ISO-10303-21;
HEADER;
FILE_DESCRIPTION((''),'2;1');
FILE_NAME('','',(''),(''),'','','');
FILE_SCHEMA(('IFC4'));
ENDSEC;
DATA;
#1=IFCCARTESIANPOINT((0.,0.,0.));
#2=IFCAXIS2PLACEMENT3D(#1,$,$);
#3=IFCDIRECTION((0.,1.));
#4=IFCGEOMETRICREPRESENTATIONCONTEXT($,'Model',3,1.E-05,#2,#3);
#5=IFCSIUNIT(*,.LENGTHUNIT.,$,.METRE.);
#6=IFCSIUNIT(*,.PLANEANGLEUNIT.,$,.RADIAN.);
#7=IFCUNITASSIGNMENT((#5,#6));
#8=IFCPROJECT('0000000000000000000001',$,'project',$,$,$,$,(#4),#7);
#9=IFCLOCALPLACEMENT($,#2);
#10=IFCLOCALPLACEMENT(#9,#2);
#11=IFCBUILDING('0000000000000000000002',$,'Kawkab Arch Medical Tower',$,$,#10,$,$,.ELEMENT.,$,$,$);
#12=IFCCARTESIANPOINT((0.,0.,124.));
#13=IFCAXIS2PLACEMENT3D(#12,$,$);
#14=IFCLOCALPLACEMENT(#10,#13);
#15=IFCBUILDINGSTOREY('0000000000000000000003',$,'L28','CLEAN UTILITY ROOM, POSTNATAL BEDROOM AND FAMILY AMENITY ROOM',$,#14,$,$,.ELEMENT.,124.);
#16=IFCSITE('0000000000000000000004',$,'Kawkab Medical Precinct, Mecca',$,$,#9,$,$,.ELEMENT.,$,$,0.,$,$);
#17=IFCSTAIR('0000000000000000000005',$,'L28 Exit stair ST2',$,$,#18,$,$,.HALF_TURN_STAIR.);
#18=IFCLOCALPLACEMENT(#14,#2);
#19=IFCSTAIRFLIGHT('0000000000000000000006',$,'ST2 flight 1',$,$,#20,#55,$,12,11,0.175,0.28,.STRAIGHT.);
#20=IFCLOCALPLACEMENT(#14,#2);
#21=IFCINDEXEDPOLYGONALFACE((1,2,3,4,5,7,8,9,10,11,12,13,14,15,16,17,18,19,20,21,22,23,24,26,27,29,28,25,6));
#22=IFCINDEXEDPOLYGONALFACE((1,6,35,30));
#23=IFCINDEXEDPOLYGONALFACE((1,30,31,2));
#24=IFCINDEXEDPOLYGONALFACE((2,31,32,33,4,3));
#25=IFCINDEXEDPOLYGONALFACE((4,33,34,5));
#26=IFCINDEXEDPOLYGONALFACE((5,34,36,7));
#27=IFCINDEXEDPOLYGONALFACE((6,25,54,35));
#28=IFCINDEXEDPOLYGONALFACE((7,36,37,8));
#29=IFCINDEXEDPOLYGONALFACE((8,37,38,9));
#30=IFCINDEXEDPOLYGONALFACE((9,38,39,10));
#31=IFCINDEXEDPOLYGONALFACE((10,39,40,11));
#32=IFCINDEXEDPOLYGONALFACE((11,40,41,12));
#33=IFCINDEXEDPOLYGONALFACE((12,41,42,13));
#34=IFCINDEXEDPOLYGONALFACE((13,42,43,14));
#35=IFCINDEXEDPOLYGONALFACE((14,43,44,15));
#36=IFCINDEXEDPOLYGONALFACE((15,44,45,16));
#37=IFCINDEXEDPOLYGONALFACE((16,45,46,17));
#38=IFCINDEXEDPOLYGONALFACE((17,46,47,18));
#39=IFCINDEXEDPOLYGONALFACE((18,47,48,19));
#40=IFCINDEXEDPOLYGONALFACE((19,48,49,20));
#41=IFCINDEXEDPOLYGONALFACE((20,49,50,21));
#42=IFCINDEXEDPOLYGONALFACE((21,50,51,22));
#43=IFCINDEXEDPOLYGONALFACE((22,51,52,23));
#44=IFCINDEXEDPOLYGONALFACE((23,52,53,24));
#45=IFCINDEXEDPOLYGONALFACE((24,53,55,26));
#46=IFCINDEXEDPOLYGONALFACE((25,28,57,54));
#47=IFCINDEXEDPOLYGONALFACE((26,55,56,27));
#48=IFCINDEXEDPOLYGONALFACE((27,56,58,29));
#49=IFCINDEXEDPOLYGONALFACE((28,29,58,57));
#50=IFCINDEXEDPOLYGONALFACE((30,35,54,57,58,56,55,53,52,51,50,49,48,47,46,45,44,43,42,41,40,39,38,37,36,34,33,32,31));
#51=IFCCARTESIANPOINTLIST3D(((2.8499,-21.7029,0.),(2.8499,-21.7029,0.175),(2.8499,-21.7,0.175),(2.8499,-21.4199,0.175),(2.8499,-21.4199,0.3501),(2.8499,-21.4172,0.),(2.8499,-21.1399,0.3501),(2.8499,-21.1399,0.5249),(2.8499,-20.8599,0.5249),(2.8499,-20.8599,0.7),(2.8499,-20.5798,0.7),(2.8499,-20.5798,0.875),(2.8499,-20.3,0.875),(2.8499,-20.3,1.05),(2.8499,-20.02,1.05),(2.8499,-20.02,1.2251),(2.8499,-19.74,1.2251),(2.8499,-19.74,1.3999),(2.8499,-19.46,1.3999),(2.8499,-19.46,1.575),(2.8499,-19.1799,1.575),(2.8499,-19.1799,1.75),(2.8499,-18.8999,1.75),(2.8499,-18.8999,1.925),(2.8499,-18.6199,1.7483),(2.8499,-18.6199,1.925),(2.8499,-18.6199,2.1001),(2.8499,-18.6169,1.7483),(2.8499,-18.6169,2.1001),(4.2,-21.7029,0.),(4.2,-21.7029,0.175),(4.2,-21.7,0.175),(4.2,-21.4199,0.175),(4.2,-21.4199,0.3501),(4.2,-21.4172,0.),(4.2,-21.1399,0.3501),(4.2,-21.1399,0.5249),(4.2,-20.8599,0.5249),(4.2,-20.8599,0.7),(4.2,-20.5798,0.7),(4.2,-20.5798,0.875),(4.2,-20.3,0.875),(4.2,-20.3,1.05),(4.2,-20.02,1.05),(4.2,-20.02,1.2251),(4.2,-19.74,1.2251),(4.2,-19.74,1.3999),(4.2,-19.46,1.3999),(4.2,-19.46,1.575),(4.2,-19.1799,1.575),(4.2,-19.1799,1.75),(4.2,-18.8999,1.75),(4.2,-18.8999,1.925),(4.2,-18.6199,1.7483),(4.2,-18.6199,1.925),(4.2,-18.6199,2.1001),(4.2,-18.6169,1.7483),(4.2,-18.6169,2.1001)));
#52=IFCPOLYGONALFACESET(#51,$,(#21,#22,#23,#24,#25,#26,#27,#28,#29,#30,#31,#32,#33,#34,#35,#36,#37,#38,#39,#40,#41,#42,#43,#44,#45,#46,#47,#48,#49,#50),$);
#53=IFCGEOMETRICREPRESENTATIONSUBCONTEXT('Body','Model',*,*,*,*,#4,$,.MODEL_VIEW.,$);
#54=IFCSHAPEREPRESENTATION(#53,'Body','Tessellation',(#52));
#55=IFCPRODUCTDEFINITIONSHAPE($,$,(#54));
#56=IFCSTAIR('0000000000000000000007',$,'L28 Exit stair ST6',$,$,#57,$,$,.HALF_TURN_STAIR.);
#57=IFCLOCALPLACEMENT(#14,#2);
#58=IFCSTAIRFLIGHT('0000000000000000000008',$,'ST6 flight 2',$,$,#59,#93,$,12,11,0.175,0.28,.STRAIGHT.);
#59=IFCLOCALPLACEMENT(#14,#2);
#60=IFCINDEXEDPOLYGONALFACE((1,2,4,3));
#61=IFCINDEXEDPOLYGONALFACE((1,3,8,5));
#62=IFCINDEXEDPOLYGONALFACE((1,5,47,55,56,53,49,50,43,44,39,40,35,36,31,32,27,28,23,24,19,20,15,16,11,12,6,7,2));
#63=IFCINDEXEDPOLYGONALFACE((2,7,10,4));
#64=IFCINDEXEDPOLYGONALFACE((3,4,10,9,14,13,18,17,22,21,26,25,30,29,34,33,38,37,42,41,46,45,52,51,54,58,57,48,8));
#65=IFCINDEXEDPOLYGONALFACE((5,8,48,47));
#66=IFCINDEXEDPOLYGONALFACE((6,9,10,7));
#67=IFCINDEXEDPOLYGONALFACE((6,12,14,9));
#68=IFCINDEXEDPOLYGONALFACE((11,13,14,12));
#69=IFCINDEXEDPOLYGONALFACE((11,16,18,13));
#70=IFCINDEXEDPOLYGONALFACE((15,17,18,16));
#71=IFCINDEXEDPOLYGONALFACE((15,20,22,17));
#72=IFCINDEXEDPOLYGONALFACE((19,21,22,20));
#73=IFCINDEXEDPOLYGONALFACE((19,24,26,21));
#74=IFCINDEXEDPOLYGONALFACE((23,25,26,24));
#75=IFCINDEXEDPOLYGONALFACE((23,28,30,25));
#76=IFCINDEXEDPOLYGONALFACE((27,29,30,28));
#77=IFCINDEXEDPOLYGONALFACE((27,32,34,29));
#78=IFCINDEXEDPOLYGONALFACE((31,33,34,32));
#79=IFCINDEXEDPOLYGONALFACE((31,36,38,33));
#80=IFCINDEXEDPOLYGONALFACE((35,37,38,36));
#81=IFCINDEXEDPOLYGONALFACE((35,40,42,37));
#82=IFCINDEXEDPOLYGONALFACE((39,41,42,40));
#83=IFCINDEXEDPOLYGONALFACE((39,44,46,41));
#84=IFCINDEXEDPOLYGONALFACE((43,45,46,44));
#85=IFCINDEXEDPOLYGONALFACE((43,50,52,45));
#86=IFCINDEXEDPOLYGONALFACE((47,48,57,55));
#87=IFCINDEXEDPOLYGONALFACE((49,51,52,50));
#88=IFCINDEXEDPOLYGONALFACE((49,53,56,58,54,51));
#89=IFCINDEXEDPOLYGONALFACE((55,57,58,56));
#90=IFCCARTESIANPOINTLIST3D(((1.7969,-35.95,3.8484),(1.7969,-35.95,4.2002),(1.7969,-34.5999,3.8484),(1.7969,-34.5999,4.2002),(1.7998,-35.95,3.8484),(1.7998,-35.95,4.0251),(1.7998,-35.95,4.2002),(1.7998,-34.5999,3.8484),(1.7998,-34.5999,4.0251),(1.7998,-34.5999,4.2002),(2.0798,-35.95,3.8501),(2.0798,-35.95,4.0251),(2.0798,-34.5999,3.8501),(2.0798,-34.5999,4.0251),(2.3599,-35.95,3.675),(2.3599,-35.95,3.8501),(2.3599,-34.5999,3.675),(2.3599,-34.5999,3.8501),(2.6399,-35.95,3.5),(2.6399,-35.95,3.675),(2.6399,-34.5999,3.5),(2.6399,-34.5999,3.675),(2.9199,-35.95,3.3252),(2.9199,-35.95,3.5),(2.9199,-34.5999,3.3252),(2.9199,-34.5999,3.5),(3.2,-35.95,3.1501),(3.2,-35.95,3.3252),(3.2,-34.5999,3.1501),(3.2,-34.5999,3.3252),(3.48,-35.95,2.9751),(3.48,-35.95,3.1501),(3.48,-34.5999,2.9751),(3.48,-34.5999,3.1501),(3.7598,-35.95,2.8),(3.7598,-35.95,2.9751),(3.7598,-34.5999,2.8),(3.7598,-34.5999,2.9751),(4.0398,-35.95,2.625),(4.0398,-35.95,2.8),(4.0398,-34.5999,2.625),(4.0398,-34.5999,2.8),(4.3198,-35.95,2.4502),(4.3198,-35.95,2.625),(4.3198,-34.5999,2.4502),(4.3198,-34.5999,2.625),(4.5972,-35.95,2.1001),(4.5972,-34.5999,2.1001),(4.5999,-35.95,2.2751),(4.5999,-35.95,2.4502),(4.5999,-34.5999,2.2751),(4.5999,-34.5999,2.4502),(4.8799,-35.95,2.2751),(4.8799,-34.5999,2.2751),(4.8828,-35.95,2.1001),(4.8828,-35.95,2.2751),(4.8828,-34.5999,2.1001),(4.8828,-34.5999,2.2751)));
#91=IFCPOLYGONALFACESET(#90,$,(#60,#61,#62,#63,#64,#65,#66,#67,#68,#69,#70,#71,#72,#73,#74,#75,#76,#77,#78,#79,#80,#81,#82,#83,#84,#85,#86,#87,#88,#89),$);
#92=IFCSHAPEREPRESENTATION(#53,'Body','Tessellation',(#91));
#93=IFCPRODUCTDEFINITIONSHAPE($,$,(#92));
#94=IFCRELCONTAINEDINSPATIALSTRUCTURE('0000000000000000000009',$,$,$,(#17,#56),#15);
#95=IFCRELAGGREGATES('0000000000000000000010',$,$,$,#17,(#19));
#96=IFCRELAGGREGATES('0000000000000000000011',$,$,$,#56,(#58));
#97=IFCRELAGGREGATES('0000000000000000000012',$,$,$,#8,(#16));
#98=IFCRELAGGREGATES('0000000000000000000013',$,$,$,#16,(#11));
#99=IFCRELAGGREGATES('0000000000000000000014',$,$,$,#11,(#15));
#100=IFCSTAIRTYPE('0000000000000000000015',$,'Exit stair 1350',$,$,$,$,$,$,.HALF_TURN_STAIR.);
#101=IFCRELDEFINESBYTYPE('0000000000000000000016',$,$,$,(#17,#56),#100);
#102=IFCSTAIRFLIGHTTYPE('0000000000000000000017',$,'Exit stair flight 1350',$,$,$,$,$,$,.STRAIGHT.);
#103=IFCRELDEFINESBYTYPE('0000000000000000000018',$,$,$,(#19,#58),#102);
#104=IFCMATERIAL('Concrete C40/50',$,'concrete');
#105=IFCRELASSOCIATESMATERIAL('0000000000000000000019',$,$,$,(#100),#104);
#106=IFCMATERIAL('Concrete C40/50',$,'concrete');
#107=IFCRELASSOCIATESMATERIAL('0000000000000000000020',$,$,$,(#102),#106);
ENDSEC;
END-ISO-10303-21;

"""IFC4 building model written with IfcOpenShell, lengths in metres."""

from ifc_helpers import new_model, si_unit, direction, frame, origin, place, context, subcontext, project, spatial, polyline, outline, extrude, material, type_object, element, aggregate, save


model = new_model("IFC4")

# Units and contexts
model_context = context("Model", 3, precision=1e-05, world=origin(), true_north=direction((0.0, 1.0)))
body_context = subcontext(model_context, "Body", "Model", "MODEL_VIEW")
ifc_project = project(units=[si_unit("LENGTHUNIT", "METRE"), si_unit("PLANEANGLEUNIT", "RADIAN")], contexts=[model_context])

# Site, building, storey
site_placement = place(None, origin())
site = spatial("IfcSite", under=ifc_project, at=site_placement, Name="Kawkab Medical Precinct, Mecca", CompositionType="ELEMENT", RefElevation=0.0)
building_placement = place(site_placement, origin())
building = spatial("IfcBuilding", under=site, at=building_placement, Name="Kawkab Arch Medical Tower", CompositionType="ELEMENT")
storey_placement = place(building_placement, frame((0.0, 0.0, 124.0)))
storey = spatial("IfcBuildingStorey", under=building, at=storey_placement, Name="L28", Description="CLEAN UTILITY ROOM, POSTNATAL BEDROOM AND FAMILY AMENITY ROOM", CompositionType="ELEMENT", Elevation=124.0)

# Stairs, stair flights
ifc_material_1 = material(Name="Concrete C40/50", Category="concrete")
stair_type = type_object("IfcStairType", Name="Exit stair 1350", PredefinedType="HALF_TURN_STAIR", material=ifc_material_1)
placement = place(storey_placement, origin())
stair_1 = element("IfcStair", 1, at=placement, inside=storey, type_object=stair_type, Name="L28 Exit stair ST2", PredefinedType="HALF_TURN_STAIR")
ifc_material_2 = material(Name="Concrete C40/50", Category="concrete")
stair_flight_type = type_object("IfcStairFlightType", Name="Exit stair flight 1350", PredefinedType="STRAIGHT", material=ifc_material_2)
stair_flight_1_placement = place(storey_placement, frame((3.5249, -21.7, 0.0), z_axis=(0.0, 0.0, 1.0), x_axis=(0.0, 1.0, 0.0)))
stair_flight_1 = element("IfcStairFlight", 2, at=stair_flight_1_placement, type_object=stair_flight_type, Name="ST2 flight 1", NumberOfRisers=12, NumberOfTreads=11, PredefinedType="STRAIGHT", RiserHeight=0.175, TreadLength=0.28, context=body_context, shape_type="SweptSolid", body=[
    extrude(outline(polyline([(-0.0029, 0.0), (-0.0029, 0.175), (0.0, 0.175), (0.28, 0.175), (0.28, 0.3501), (0.5601, 0.3501), (0.5601, 0.5249), (0.8401, 0.5249), (0.8401, 0.7), (1.1201, 0.7), (1.1201, 0.875), (1.3999, 0.875), (1.3999, 1.05), (1.6799, 1.05), (1.6799, 1.2251), (1.96, 1.2251), (1.96, 1.3999), (2.24, 1.3999), (2.24, 1.575), (2.52, 1.575), (2.52, 1.75), (2.8, 1.75), (2.8, 1.925), (3.0801, 1.925), (3.0801, 2.1001), (3.083, 2.1001), (3.083, 1.7483), (3.0801, 1.7483), (0.2827, 0.0), (-0.0029, 0.0)])), frame((0.0, 0.675, 0.0), z_axis=(0.0, -1.0, 0.0), x_axis=(1.0, 0.0, 0.0)), (0.0, 0.0, 1.0), 1.3501),
])
aggregate(stair_1, [stair_flight_1])
stair_2 = element("IfcStair", 3, at=placement, inside=storey, type_object=stair_type, Name="L28 Exit stair ST6", PredefinedType="HALF_TURN_STAIR")
stair_flight_2_placement = place(storey_placement, frame((4.8799, -35.2749, 2.1001), z_axis=(0.0, 0.0, 1.0), x_axis=(-1.0, 0.0, 0.0)))
stair_flight_2 = element("IfcStairFlight", 4, at=stair_flight_2_placement, type_object=stair_flight_type, Name="ST6 flight 2", NumberOfRisers=12, NumberOfTreads=11, PredefinedType="STRAIGHT", RiserHeight=0.175, TreadLength=0.28, context=body_context, shape_type="SweptSolid", body=[
    extrude(outline(polyline([(-0.0029, 0.0), (-0.0029, 0.175), (0.0, 0.175), (0.28, 0.175), (0.28, 0.3501), (0.5601, 0.3501), (0.5601, 0.5249), (0.8401, 0.5249), (0.8401, 0.7), (1.1201, 0.7), (1.1201, 0.875), (1.3999, 0.875), (1.3999, 1.05), (1.6799, 1.05), (1.6799, 1.2251), (1.96, 1.2251), (1.96, 1.3999), (2.24, 1.3999), (2.24, 1.575), (2.52, 1.575), (2.52, 1.75), (2.8, 1.75), (2.8, 1.925), (3.0801, 1.925), (3.0801, 2.1001), (3.083, 2.1001), (3.083, 1.7483), (3.0801, 1.7483), (0.2827, 0.0), (-0.0029, 0.0)])), frame((0.0, 0.675, 0.0), z_axis=(0.0, -1.0, 0.0), x_axis=(1.0, 0.0, 0.0)), (0.0, 0.0, 1.0), 1.3501),
])
aggregate(stair_2, [stair_flight_2])

save(model, "model.ifc")
